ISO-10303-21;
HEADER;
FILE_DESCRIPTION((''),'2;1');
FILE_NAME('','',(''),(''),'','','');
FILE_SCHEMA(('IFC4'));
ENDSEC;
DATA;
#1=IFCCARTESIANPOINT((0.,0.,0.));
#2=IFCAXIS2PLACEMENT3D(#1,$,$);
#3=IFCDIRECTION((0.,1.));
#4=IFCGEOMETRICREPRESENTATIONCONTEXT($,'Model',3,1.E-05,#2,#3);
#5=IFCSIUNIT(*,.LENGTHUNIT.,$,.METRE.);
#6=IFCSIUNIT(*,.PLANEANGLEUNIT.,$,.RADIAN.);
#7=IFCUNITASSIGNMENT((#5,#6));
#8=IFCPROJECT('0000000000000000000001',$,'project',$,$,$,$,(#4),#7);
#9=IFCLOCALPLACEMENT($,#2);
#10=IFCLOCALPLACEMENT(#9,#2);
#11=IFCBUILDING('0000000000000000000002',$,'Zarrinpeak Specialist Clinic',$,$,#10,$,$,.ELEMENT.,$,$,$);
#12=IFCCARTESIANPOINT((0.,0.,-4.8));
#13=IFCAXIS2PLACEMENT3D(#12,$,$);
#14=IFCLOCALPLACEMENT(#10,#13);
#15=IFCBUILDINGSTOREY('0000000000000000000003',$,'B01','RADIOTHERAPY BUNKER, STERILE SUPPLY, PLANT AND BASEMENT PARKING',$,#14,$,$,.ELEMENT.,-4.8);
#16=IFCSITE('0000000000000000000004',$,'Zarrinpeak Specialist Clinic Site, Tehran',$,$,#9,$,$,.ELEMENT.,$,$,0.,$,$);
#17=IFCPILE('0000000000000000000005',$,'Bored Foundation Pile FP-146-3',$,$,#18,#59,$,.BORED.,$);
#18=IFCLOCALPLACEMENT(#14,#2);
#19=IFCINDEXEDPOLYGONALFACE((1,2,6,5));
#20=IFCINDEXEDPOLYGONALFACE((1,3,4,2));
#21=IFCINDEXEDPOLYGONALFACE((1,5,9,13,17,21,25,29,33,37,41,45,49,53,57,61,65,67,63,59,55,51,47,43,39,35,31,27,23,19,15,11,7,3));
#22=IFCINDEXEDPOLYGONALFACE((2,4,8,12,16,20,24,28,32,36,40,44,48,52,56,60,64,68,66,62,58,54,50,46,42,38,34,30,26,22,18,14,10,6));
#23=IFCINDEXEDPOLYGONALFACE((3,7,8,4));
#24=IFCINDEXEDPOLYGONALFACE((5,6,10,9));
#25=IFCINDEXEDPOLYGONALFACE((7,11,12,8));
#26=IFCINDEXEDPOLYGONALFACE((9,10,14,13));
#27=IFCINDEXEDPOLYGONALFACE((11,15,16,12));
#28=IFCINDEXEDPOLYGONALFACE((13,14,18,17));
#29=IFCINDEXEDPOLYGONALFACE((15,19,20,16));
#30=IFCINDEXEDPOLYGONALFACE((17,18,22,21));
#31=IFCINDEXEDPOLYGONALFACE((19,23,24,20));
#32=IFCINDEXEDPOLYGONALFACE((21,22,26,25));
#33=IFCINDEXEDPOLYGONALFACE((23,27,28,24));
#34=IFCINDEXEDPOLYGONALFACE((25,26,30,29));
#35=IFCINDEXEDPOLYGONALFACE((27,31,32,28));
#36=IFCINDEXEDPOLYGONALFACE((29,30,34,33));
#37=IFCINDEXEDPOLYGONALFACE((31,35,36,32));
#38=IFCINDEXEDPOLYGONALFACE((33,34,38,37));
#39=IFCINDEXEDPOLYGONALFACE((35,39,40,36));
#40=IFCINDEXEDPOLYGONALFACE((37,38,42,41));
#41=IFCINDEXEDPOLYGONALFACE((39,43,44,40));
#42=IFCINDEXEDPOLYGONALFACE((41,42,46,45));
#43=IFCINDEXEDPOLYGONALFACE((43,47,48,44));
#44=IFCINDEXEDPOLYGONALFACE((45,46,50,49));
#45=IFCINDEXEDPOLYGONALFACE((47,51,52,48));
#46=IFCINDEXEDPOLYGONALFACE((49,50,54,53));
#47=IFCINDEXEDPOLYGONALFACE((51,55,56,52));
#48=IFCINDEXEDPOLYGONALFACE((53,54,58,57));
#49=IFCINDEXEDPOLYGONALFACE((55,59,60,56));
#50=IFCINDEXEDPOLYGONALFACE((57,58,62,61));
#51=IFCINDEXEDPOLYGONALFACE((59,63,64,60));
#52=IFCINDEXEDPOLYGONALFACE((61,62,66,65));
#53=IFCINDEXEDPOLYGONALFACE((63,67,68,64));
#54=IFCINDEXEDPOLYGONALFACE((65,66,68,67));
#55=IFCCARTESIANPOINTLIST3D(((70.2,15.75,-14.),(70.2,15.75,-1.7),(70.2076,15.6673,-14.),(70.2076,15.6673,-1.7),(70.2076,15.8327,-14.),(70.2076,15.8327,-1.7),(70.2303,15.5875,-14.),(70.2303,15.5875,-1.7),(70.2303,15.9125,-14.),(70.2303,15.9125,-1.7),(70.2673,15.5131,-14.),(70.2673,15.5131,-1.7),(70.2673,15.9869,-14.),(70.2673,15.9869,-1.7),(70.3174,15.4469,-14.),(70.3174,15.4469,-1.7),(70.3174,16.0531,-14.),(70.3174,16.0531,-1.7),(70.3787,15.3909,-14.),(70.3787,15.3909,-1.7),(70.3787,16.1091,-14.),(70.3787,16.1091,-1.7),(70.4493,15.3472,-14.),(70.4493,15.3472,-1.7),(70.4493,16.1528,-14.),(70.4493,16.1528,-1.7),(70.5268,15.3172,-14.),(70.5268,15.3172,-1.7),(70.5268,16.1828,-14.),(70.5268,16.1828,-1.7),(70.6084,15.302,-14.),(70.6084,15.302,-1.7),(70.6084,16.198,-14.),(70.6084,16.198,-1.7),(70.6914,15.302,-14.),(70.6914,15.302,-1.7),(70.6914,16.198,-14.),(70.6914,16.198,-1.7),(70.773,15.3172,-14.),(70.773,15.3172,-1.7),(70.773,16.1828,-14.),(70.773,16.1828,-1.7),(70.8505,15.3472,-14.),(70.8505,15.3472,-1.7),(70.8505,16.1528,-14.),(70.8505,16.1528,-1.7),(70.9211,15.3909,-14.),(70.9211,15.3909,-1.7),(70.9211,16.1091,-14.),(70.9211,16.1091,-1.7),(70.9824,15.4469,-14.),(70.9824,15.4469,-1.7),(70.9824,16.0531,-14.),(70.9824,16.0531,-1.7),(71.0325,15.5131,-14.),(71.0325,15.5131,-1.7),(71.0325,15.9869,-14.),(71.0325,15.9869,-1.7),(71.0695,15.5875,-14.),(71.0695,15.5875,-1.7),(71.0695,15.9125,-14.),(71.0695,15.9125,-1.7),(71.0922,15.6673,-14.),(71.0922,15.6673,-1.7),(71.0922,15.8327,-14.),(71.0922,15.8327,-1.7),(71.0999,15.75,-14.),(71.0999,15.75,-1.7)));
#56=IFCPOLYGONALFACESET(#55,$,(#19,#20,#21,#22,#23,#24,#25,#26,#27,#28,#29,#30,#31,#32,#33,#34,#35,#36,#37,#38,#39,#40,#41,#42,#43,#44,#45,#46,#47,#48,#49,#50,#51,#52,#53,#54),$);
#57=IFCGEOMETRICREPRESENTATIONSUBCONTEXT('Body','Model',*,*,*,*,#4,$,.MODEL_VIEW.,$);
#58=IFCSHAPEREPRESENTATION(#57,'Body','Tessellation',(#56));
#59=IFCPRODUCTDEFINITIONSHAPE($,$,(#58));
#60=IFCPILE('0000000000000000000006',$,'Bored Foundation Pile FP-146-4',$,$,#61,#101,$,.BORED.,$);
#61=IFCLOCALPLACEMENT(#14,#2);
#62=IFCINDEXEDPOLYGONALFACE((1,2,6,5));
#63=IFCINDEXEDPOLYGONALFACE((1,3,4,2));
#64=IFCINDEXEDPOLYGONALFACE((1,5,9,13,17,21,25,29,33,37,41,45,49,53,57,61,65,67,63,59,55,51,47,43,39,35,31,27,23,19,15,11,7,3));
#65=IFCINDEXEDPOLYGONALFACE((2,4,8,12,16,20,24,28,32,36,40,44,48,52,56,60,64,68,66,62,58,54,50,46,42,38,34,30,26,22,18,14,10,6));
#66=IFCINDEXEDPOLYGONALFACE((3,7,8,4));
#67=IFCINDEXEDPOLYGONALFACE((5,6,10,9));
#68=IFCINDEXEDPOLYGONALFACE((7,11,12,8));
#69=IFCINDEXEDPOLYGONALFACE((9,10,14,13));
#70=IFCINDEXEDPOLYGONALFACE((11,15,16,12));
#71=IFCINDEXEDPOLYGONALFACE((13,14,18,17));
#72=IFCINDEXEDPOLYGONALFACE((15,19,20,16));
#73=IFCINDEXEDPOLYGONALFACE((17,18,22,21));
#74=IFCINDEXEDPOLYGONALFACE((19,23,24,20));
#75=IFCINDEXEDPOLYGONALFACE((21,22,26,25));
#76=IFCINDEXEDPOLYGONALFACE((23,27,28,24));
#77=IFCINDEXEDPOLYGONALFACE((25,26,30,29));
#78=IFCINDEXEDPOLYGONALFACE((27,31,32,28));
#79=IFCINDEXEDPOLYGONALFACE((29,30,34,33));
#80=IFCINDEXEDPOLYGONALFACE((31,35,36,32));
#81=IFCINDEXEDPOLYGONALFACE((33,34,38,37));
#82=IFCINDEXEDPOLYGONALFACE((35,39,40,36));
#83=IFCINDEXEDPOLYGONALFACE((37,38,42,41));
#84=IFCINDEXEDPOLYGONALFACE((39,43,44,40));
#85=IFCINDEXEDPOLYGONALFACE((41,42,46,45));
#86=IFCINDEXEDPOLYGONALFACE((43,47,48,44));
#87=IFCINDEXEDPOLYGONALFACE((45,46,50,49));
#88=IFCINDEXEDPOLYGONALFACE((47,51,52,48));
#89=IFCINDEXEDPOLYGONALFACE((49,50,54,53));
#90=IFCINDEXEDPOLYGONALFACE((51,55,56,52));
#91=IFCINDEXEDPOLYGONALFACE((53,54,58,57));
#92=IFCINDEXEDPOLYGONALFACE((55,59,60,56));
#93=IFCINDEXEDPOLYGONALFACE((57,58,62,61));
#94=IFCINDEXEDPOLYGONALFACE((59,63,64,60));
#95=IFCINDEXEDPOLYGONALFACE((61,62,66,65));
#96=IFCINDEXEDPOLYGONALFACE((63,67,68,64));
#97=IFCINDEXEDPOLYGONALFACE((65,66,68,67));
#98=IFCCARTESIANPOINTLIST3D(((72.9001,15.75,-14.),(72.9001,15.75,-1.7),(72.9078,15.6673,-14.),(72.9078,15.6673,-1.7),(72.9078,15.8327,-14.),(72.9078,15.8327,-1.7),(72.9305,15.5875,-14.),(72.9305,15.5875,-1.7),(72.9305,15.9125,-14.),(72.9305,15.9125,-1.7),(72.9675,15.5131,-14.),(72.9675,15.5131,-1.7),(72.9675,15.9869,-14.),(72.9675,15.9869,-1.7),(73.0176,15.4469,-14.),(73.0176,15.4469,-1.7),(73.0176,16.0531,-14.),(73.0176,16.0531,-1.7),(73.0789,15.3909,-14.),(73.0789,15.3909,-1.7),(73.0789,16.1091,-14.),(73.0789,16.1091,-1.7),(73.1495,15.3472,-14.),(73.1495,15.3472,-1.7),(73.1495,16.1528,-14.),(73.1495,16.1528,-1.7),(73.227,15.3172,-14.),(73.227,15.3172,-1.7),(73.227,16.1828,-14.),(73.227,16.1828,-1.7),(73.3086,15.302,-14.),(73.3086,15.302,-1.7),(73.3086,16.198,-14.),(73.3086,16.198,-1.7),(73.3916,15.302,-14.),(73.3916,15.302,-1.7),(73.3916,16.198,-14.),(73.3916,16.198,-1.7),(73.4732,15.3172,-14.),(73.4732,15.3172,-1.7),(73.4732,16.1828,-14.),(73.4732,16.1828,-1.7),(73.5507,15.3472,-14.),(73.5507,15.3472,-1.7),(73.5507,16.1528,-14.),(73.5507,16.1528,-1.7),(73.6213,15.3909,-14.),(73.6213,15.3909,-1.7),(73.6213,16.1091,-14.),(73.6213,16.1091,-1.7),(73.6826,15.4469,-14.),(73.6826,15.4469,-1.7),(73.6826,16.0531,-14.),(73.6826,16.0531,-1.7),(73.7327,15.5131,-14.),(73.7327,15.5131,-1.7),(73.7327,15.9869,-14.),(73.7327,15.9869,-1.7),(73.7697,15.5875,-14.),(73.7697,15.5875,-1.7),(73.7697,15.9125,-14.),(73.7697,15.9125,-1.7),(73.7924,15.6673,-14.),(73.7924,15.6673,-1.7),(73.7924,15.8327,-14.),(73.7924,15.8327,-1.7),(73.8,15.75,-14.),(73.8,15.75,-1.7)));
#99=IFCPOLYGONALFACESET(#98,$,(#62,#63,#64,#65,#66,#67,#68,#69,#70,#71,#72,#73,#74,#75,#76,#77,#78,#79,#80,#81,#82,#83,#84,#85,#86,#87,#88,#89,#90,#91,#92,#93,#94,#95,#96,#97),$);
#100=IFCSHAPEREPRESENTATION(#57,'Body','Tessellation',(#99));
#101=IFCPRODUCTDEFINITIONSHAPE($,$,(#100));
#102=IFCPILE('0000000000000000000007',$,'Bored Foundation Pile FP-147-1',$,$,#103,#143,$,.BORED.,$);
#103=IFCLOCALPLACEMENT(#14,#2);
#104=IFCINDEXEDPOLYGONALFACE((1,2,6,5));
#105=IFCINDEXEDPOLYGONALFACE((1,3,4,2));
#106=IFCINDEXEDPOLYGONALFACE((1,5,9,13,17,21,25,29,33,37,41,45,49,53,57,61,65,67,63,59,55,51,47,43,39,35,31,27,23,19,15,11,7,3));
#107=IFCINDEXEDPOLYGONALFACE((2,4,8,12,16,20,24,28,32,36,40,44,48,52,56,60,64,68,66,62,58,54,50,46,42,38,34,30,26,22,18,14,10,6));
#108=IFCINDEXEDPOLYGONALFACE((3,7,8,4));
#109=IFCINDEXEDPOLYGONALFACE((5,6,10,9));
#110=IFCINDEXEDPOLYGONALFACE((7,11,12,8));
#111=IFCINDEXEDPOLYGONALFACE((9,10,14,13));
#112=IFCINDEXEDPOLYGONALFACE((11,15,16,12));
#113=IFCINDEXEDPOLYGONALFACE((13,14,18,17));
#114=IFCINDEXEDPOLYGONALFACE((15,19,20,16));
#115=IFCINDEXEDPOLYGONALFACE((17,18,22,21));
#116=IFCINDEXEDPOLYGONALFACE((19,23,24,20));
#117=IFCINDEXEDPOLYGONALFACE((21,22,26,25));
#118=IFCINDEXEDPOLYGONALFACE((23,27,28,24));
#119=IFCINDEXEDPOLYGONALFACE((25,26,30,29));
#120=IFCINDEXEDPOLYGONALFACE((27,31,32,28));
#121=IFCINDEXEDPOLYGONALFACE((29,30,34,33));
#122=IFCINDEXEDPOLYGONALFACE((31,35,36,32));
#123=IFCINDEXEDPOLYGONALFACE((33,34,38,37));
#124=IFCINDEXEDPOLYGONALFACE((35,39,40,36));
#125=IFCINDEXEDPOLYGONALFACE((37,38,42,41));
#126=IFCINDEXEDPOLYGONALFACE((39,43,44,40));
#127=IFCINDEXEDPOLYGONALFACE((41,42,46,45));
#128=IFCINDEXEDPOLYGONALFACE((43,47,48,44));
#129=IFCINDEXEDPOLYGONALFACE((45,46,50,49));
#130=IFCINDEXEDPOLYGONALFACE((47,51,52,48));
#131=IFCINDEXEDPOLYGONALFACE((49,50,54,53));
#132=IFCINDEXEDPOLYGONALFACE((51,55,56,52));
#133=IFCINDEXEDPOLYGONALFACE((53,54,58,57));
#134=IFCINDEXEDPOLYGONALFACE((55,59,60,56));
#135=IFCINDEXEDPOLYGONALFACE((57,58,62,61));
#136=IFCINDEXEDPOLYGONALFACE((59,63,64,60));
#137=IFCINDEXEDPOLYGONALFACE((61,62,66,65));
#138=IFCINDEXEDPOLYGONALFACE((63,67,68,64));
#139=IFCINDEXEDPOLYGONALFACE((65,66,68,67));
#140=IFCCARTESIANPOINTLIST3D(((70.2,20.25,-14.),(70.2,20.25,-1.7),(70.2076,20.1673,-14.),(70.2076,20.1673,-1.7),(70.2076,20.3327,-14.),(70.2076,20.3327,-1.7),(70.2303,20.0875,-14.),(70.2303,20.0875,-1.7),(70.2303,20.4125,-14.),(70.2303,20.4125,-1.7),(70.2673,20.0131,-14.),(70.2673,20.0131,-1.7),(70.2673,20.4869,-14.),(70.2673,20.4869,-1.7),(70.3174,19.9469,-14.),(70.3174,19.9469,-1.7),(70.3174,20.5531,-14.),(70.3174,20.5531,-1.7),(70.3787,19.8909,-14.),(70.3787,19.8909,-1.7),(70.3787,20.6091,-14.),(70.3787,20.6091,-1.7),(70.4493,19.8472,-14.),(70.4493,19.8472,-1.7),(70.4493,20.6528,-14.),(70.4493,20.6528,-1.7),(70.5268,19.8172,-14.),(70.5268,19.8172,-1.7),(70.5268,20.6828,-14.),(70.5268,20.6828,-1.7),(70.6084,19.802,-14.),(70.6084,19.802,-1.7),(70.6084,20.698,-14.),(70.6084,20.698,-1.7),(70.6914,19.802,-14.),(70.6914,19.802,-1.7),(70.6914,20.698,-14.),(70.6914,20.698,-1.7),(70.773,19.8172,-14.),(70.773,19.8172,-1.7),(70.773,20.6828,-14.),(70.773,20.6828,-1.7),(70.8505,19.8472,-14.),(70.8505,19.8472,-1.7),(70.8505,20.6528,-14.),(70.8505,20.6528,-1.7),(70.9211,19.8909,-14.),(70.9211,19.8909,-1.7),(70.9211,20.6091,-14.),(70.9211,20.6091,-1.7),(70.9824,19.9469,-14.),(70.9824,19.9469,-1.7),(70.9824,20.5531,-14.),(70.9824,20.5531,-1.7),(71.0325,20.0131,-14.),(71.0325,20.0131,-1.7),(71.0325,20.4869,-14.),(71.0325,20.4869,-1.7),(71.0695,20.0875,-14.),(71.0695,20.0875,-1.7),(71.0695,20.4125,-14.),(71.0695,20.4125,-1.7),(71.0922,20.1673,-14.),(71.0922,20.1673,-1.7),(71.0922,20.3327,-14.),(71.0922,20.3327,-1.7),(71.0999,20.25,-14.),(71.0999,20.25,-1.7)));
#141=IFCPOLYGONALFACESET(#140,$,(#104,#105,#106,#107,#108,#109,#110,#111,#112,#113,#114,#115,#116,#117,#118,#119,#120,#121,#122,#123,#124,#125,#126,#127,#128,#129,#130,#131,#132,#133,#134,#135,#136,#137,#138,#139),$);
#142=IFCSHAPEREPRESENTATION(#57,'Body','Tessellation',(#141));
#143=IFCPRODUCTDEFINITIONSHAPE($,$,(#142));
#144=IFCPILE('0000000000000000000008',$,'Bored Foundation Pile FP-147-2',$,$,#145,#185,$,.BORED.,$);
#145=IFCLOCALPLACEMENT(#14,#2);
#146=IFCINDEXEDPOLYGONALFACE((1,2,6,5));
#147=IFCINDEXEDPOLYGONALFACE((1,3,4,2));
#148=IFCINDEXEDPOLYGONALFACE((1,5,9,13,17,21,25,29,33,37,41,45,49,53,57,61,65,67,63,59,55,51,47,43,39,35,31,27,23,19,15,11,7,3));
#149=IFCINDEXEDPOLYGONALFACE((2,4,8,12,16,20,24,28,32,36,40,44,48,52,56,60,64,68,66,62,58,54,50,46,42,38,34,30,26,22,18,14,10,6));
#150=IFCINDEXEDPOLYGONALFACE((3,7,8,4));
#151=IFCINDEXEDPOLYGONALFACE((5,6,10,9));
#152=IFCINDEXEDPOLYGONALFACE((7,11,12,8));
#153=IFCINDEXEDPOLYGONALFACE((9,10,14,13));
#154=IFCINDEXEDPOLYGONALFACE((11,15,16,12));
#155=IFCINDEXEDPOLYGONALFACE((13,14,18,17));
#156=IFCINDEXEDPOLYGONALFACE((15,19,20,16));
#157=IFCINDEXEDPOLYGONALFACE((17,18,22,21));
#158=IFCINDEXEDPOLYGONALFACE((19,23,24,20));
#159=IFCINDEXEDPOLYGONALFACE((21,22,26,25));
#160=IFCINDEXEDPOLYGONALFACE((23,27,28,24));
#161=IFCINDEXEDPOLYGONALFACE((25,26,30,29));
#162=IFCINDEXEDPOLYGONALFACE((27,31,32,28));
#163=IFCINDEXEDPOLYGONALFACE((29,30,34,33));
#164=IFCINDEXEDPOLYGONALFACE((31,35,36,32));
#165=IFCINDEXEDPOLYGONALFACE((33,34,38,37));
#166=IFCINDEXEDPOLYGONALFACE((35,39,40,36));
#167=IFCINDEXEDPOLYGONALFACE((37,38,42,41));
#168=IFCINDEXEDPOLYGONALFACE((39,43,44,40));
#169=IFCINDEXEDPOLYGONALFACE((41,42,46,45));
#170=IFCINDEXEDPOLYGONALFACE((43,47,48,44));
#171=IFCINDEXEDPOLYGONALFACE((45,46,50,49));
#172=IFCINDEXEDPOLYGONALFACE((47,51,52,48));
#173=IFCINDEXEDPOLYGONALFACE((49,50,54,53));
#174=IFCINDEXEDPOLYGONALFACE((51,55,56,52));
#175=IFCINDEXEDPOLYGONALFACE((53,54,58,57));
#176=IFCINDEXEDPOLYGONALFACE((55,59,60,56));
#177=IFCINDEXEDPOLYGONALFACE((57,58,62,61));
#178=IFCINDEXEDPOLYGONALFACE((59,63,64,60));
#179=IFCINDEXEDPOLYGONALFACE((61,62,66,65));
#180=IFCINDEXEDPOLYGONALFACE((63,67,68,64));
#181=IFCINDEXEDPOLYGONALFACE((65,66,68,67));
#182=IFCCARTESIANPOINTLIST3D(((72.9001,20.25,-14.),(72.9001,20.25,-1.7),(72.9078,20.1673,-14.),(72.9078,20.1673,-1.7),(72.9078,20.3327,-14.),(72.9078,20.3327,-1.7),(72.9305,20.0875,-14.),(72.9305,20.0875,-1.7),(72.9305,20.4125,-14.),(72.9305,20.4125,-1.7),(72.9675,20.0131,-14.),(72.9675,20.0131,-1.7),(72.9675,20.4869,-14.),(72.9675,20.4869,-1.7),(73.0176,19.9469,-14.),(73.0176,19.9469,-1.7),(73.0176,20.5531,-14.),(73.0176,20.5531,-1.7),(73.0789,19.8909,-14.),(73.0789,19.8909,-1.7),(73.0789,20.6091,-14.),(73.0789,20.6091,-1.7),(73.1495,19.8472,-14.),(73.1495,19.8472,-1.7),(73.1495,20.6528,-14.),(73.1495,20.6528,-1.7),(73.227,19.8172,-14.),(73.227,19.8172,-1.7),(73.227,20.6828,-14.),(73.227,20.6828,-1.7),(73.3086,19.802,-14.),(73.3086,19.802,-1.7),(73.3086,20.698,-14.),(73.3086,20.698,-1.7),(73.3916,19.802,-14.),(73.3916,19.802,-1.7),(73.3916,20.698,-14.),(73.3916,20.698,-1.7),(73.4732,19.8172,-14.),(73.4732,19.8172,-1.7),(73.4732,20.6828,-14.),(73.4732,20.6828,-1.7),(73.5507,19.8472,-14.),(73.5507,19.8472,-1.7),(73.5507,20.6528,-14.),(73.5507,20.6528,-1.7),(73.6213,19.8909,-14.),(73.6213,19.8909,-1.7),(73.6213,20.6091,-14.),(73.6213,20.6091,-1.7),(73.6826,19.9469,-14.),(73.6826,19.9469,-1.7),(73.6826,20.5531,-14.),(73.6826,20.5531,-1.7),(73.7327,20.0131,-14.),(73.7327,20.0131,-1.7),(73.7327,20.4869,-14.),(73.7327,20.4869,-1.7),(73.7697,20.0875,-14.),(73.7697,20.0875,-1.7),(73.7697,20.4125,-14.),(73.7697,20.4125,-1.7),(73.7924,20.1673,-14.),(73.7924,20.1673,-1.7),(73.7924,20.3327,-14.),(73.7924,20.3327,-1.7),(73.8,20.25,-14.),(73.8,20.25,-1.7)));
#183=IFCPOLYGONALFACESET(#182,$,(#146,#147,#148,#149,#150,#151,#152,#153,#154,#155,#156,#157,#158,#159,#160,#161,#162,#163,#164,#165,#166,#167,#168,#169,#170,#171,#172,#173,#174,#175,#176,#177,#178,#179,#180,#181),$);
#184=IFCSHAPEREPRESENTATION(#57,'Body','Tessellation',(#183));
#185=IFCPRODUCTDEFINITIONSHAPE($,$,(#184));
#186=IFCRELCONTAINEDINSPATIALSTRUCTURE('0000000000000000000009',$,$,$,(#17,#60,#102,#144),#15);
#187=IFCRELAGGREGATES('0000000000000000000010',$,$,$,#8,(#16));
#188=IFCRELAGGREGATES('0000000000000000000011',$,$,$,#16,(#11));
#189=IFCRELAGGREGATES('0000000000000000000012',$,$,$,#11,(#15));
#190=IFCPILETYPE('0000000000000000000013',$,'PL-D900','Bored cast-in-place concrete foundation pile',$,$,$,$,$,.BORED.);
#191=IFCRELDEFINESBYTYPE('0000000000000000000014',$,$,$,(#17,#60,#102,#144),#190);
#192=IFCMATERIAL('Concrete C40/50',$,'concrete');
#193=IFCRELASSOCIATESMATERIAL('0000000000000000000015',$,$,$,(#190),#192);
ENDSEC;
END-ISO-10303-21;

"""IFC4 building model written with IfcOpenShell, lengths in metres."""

from ifc_helpers import new_model, si_unit, direction, frame, origin, origin_2d, place, context, subcontext, project, spatial, circle, extrude, material, material_profile, profile_set, type_object, element, save


model = new_model("IFC4")

# Units and contexts
model_context = context("Model", 3, precision=1e-05, world=origin(), true_north=direction((0.0, 1.0)))
body_context = subcontext(model_context, "Body", "Model", "MODEL_VIEW")
ifc_project = project(units=[si_unit("LENGTHUNIT", "METRE"), si_unit("PLANEANGLEUNIT", "RADIAN")], contexts=[model_context])

# Site, building, storey
site_placement = place(None, origin())
site = spatial("IfcSite", under=ifc_project, at=site_placement, Name="Zarrinpeak Specialist Clinic Site, Tehran", CompositionType="ELEMENT", RefElevation=0.0)
building_placement = place(site_placement, origin())
building = spatial("IfcBuilding", under=site, at=building_placement, Name="Zarrinpeak Specialist Clinic", CompositionType="ELEMENT")
storey_placement = place(building_placement, frame((0.0, 0.0, -4.8)))
storey = spatial("IfcBuildingStorey", under=building, at=storey_placement, Name="B01", Description="RADIOTHERAPY BUNKER, STERILE SUPPLY, PLANT AND BASEMENT PARKING", CompositionType="ELEMENT", Elevation=-4.8)

# Shared definitions
ifc_material_1 = material(Name="Concrete C40/50", Category="concrete")

# Piles
ifc_material_profile_1 = material_profile(ifc_material_1, circle(Radius=0.45, at=origin_2d()), Name="BORED PILE D900")
ifc_profile_set_1 = profile_set([ifc_material_profile_1], Name="Concrete C40/50")
pile_type = type_object("IfcPileType", Name="PL-D900", Description="Bored cast-in-place concrete foundation pile", PredefinedType="BORED", material=ifc_profile_set_1)
for number, where, z_axis, x_axis, name in (
    (1, (70.6499, 15.75, -1.7), (0.0, 0.0, -1.0), (1.0, 0.0, 0.0), "Bored Foundation Pile FP-146-3"),
    (2, (73.3501, 15.75, -1.7), (0.0, 0.0, -1.0), (1.0, 0.0, 0.0), "Bored Foundation Pile FP-146-4"),
    (3, (70.6499, 20.25, -1.7), (0.0, 0.0, -1.0), (1.0, 0.0, 0.0), "Bored Foundation Pile FP-147-1"),
    (4, (73.3501, 20.25, -1.7), (0.0, 0.0, -1.0), (1.0, 0.0, 0.0), "Bored Foundation Pile FP-147-2"),
):
    element("IfcPile", number, at=place(storey_placement, frame(where, z_axis=z_axis, x_axis=x_axis)), inside=storey, type_object=pile_type, Name=name, PredefinedType="BORED", context=body_context, shape_type="SweptSolid", body=[
        extrude(circle(Radius=0.45, at=origin_2d()), origin(), (0.0, 0.0, 1.0), 12.3),
    ])

save(model, "model.ifc")
